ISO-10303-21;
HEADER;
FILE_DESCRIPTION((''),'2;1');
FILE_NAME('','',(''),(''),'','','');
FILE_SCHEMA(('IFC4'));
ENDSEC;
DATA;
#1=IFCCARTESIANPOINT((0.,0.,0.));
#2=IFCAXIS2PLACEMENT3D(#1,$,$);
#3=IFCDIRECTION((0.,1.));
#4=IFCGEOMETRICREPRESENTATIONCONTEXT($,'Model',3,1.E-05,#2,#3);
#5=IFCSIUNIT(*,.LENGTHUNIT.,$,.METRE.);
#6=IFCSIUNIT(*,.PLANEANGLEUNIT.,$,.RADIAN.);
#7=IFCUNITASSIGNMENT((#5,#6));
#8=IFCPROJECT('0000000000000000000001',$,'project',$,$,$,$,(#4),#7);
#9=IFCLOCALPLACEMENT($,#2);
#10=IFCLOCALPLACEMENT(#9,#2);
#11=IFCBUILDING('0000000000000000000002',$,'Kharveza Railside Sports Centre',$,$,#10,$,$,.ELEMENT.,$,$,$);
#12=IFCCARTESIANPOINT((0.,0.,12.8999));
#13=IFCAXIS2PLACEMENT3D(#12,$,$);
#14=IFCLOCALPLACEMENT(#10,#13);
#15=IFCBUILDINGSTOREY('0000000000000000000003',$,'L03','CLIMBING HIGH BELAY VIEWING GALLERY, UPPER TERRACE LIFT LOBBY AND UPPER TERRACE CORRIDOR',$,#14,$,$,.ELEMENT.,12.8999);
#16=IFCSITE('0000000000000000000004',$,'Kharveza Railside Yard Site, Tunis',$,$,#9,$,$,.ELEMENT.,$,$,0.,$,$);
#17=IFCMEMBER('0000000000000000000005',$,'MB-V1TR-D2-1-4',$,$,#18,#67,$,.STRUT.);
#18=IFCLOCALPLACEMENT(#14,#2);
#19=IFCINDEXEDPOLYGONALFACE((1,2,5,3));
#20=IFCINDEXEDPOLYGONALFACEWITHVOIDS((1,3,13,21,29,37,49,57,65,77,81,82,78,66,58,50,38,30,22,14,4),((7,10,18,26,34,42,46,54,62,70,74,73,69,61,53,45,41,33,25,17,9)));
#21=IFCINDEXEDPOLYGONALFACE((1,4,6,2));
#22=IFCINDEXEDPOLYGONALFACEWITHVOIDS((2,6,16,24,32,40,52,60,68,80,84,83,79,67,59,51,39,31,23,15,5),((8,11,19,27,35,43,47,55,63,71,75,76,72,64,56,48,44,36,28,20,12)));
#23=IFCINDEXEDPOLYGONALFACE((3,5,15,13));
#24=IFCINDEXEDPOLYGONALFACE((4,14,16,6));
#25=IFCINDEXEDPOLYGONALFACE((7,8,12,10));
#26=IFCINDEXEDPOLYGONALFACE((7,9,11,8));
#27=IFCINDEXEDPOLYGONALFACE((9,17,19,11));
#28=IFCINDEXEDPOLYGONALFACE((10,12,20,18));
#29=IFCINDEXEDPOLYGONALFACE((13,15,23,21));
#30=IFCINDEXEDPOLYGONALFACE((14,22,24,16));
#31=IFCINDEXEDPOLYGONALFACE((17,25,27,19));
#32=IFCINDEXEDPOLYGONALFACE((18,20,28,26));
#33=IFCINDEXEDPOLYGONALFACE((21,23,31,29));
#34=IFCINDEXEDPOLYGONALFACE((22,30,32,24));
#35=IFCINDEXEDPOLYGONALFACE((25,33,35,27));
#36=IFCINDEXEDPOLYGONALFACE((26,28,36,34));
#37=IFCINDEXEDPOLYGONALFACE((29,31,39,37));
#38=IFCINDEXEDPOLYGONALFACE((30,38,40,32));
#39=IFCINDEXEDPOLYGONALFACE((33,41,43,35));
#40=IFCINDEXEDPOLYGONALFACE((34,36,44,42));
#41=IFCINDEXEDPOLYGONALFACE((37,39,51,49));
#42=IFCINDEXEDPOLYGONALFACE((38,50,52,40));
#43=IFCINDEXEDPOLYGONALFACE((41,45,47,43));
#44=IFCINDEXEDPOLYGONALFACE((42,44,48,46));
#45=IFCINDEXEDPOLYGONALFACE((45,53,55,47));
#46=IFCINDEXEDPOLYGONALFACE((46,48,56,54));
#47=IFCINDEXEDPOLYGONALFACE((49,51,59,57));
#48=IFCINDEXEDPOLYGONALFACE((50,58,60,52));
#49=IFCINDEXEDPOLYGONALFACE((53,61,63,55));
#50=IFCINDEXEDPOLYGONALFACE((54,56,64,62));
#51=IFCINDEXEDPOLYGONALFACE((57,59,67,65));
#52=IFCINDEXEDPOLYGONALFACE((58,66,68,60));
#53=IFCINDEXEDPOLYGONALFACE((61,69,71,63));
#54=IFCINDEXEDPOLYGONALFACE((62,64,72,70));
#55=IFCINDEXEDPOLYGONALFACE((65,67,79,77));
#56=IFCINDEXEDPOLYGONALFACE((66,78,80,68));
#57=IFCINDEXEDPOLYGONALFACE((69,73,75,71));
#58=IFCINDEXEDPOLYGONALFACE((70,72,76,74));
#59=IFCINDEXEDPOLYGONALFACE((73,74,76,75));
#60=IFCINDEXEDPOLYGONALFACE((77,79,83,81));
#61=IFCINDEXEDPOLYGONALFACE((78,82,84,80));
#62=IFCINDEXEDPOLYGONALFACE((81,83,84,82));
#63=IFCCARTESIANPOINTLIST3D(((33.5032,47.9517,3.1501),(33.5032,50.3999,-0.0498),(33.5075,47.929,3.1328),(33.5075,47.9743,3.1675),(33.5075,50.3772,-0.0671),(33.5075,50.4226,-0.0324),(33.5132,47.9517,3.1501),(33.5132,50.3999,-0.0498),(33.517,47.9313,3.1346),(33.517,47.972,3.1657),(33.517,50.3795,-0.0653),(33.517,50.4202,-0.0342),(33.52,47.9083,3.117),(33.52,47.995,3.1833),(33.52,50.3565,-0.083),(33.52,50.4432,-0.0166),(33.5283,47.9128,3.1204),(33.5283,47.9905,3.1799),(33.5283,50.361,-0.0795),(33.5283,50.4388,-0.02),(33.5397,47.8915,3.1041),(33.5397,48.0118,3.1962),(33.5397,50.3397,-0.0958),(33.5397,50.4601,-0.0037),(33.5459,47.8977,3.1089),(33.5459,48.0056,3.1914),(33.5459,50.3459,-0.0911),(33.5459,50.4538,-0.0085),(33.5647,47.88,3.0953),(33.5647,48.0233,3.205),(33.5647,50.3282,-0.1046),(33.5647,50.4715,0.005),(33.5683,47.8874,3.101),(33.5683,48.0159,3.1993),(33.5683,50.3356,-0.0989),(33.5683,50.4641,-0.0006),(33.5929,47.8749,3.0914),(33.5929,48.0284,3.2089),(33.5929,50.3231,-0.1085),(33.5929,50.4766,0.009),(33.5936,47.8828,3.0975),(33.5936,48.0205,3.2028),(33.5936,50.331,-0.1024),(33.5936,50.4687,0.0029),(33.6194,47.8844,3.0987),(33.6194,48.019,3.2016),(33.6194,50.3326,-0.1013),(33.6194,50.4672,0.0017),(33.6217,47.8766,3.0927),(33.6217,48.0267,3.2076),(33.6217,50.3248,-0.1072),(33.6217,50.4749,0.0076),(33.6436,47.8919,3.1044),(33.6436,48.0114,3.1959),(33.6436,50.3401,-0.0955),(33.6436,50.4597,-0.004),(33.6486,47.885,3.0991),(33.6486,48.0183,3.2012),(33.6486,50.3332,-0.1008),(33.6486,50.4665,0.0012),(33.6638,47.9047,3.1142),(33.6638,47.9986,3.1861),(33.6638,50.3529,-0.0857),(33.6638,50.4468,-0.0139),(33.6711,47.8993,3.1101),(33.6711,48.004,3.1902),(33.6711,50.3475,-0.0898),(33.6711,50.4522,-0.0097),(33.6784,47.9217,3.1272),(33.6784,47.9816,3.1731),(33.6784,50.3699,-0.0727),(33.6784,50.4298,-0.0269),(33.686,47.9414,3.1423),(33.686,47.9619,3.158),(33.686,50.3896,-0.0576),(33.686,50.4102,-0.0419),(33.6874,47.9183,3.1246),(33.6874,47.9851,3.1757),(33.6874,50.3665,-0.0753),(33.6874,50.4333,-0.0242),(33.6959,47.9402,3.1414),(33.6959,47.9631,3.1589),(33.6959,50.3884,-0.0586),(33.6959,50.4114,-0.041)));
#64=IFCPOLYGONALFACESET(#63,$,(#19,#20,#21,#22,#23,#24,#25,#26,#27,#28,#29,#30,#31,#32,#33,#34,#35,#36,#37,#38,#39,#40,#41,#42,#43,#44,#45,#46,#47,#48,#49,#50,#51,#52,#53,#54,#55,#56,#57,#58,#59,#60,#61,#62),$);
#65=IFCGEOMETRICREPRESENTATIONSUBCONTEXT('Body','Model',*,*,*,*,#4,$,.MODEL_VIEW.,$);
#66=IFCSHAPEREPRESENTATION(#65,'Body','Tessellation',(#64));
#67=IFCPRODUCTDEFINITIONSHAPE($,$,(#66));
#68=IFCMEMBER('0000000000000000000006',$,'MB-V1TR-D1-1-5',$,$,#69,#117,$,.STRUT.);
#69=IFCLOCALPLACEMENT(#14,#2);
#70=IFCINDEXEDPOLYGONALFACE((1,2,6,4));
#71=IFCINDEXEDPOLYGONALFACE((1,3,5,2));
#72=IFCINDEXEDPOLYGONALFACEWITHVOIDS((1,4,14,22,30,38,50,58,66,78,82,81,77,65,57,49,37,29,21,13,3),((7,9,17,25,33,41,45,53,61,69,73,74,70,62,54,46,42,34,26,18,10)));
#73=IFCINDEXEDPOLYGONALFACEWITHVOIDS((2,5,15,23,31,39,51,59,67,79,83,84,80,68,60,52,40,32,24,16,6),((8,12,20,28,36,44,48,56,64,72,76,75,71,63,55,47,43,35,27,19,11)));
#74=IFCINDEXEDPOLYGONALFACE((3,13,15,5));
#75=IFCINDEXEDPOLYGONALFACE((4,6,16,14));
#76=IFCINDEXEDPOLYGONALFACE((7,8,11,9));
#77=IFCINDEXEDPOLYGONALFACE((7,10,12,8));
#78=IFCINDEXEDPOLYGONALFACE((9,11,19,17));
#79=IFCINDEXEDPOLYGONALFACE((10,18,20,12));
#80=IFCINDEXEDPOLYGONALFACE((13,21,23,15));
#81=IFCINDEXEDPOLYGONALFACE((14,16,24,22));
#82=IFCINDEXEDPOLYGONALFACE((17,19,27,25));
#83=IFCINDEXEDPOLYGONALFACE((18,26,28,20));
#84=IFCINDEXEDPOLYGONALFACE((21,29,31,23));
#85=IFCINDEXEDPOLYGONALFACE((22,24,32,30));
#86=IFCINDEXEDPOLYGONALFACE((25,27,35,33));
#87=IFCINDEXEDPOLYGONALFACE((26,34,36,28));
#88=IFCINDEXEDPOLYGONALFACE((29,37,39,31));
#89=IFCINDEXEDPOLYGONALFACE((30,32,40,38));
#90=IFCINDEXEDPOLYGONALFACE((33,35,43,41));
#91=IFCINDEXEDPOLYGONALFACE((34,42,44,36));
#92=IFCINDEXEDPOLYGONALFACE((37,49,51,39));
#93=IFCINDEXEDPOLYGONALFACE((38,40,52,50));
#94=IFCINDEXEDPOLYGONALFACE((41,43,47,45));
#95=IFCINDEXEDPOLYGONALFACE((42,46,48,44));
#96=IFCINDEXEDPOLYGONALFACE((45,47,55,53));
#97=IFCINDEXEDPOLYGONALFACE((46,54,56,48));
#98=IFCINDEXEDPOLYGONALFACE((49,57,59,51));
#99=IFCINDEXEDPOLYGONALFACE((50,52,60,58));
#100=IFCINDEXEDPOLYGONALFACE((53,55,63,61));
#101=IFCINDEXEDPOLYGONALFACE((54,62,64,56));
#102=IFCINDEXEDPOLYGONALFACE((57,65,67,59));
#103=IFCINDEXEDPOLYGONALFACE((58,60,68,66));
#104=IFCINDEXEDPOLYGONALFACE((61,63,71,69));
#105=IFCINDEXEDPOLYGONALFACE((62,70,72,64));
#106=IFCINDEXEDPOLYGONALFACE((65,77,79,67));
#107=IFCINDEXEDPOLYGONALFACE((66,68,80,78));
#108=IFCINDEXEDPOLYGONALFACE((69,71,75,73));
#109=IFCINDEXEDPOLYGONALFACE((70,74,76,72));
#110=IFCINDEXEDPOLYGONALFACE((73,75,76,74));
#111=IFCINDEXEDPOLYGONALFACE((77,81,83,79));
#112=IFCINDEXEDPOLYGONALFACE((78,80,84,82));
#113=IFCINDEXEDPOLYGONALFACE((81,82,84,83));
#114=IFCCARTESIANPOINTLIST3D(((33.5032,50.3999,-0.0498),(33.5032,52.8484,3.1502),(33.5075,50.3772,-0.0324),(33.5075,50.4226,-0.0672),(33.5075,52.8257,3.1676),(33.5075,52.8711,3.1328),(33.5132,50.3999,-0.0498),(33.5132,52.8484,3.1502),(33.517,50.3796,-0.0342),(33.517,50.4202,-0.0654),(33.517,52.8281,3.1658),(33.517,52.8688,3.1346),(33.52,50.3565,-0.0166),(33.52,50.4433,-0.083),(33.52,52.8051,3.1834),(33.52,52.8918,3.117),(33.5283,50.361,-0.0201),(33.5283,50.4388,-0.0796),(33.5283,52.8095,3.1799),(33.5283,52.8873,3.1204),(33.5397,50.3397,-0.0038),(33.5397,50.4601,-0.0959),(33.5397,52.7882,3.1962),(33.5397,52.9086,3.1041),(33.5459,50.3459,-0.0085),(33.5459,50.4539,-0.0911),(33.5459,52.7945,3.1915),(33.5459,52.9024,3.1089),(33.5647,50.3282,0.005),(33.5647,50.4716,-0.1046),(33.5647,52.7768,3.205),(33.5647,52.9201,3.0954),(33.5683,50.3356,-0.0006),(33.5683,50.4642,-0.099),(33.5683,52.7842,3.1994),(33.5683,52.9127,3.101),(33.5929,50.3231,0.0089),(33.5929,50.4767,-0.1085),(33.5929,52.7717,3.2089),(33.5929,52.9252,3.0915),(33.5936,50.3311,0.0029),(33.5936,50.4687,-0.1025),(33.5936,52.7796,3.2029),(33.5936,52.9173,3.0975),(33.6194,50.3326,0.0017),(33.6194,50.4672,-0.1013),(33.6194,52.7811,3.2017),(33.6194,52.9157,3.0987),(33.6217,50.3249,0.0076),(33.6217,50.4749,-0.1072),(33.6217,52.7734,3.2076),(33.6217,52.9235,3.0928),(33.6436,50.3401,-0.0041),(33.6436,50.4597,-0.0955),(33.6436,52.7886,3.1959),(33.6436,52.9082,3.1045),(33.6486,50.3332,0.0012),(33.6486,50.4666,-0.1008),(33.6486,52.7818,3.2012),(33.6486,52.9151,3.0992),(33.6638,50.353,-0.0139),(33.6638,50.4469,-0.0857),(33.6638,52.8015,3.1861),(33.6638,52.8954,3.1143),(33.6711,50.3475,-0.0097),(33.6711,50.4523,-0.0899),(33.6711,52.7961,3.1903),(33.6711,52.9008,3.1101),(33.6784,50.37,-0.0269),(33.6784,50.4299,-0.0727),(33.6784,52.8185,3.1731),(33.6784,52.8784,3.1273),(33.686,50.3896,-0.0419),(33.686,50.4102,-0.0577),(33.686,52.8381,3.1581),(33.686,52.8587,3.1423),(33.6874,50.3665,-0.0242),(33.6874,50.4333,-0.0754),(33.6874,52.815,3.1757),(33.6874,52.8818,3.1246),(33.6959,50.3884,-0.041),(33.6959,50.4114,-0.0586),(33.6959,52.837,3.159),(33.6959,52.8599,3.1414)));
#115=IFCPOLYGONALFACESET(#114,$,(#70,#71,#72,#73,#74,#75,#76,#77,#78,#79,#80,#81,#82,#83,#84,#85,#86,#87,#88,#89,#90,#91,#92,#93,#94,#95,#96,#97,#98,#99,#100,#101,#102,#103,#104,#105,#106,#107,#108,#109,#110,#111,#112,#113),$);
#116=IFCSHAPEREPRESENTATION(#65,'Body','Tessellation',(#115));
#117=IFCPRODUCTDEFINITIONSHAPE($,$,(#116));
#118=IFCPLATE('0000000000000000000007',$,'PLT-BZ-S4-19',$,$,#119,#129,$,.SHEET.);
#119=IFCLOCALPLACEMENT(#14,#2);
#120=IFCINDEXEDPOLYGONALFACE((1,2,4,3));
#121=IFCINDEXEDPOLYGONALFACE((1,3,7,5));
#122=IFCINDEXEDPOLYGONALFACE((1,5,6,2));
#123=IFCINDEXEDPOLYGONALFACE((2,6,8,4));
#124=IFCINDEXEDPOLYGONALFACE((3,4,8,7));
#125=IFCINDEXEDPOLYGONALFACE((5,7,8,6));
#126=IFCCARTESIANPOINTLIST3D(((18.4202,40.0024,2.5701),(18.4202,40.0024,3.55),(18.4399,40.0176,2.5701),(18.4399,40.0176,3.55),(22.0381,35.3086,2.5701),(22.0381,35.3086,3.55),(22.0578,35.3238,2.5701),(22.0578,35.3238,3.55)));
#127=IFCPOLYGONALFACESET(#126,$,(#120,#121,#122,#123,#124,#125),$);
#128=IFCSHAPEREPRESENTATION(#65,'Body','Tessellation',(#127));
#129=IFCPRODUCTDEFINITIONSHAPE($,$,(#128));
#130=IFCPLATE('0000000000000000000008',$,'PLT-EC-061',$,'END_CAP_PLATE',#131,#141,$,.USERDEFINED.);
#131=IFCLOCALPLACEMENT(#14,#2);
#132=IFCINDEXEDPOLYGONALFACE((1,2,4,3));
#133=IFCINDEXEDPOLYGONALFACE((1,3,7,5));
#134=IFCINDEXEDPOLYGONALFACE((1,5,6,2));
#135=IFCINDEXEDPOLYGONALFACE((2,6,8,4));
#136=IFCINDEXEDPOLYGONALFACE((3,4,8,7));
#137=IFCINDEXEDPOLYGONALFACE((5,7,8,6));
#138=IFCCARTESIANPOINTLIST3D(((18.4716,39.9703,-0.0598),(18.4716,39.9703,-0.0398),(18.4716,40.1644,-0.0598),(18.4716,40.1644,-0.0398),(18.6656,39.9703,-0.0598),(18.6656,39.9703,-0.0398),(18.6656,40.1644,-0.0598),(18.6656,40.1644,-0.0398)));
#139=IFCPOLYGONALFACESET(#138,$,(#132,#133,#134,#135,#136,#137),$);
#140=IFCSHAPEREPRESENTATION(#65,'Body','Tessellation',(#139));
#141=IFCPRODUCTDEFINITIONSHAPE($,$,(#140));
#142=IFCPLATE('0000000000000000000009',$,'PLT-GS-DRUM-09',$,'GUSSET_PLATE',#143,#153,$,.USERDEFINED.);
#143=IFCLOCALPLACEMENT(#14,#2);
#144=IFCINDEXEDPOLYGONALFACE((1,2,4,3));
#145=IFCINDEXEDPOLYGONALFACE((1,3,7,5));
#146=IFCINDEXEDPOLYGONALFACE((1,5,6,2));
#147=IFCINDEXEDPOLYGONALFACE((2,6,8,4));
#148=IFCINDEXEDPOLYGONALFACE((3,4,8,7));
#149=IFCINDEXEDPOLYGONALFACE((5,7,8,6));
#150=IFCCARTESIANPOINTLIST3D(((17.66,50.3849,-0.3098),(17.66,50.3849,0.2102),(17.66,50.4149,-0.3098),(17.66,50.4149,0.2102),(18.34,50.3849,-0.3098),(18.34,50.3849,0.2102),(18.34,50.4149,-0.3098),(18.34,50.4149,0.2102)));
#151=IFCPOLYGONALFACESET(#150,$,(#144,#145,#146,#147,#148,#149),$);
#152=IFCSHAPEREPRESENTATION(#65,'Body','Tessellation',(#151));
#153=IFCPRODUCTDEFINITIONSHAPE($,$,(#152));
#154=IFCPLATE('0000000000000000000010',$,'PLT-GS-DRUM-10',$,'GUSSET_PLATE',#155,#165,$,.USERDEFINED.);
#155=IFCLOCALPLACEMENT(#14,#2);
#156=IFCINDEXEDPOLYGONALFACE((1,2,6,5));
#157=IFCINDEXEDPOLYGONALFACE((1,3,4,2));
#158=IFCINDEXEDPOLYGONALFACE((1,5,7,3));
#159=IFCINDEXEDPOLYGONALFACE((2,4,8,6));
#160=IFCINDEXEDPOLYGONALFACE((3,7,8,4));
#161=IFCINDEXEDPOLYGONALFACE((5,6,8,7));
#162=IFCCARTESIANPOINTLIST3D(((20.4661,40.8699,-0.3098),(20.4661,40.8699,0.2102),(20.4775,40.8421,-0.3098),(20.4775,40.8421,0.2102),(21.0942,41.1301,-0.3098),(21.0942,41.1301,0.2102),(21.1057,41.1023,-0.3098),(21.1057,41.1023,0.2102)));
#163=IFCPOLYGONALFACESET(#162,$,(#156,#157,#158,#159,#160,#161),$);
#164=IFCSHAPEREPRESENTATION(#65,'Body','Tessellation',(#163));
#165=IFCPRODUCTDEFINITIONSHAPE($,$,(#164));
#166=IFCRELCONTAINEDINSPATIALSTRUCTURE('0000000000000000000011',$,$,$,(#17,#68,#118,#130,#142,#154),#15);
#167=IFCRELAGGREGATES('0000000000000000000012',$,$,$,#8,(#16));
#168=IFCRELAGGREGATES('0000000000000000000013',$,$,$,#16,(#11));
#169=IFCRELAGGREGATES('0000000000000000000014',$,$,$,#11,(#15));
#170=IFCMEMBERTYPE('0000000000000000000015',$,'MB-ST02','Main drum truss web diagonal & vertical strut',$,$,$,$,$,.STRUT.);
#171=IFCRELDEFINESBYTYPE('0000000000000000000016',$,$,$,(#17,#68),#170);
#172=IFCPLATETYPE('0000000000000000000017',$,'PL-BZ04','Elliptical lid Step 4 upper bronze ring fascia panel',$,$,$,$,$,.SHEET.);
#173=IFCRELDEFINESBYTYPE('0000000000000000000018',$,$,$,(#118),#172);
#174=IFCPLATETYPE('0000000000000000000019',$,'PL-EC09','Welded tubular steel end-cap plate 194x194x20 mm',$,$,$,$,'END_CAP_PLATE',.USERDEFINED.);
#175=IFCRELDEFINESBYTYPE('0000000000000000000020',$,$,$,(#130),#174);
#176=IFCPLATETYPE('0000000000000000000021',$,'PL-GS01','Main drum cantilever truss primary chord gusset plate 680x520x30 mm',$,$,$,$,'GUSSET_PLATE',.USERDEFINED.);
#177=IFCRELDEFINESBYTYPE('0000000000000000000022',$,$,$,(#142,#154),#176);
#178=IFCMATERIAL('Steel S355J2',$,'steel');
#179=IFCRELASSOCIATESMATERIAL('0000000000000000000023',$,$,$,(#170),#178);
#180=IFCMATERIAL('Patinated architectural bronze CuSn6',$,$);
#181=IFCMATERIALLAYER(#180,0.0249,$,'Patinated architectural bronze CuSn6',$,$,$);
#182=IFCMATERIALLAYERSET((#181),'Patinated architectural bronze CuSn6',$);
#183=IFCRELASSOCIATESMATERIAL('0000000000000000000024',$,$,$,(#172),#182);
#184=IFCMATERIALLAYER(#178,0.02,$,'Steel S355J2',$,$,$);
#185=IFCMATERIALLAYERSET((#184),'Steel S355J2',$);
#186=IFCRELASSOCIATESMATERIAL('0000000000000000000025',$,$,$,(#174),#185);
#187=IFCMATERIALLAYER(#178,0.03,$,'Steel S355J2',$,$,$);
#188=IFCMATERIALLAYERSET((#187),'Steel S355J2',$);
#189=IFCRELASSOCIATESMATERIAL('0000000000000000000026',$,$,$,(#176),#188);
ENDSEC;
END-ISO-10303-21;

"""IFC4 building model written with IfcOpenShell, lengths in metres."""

from ifc_helpers import new_model, si_unit, direction, frame, origin, origin_2d, place, context, subcontext, project, spatial, rectangle, hollow_circle, extrude, material, layer, layer_set, material_profile, profile_set, type_object, element, save


model = new_model("IFC4")

# Units and contexts
model_context = context("Model", 3, precision=1e-05, world=origin(), true_north=direction((0.0, 1.0)))
body_context = subcontext(model_context, "Body", "Model", "MODEL_VIEW")
ifc_project = project(units=[si_unit("LENGTHUNIT", "METRE"), si_unit("PLANEANGLEUNIT", "RADIAN")], contexts=[model_context])

# Site, building, storey
site_placement = place(None, origin())
site = spatial("IfcSite", under=ifc_project, at=site_placement, Name="Kharveza Railside Yard Site, Tunis", CompositionType="ELEMENT", RefElevation=0.0)
building_placement = place(site_placement, origin())
building = spatial("IfcBuilding", under=site, at=building_placement, Name="Kharveza Railside Sports Centre", CompositionType="ELEMENT")
storey_placement = place(building_placement, frame((0.0, 0.0, 12.8999)))
storey = spatial("IfcBuildingStorey", under=building, at=storey_placement, Name="L03", Description="CLIMBING HIGH BELAY VIEWING GALLERY, UPPER TERRACE LIFT LOBBY AND UPPER TERRACE CORRIDOR", CompositionType="ELEMENT", Elevation=12.8999)

# Shared definitions
ifc_material_1 = material(Name="Steel S355J2", Category="steel")

# Members
ifc_material_profile_1 = material_profile(ifc_material_1, hollow_circle(Radius=0.0969, WallThickness=0.01, at=origin_2d()), Name="CHS 193.7x10.0")
ifc_profile_set_1 = profile_set([ifc_material_profile_1], Name="Steel S355J2")
member_type_1 = type_object("IfcMemberType", Name="MB-ST02", Description="Main drum truss web diagonal & vertical strut", PredefinedType="STRUT", material=ifc_profile_set_1)
for number, where, z_axis, x_axis, name in (
    (1, (33.6001, 47.9517, 3.1501), (0.0, 0.607641, -0.794212), (-1.0, 0.0, 0.0), "MB-V1TR-D2-1-4"),
):
    element("IfcMember", number, at=place(storey_placement, frame(where, z_axis=z_axis, x_axis=x_axis)), inside=storey, type_object=member_type_1, Name=name, PredefinedType="STRUT", context=body_context, shape_type="SweptSolid", body=[
        extrude(hollow_circle(Radius=0.0969, WallThickness=0.01, at=origin_2d()), origin(), (0.0, 0.0, 1.0), 4.0291),
    ])
member_1_placement = place(storey_placement, frame((33.6001, 50.3999, -0.0498), z_axis=(0.0, 0.607679, 0.794182), x_axis=(-1.0, 0.0, 0.0)))
element("IfcMember", 2, at=member_1_placement, inside=storey, type_object=member_type_1, Name="MB-V1TR-D1-1-5", PredefinedType="STRUT", context=body_context, shape_type="SweptSolid", body=[
    extrude(hollow_circle(Radius=0.0969, WallThickness=0.01, at=origin_2d()), origin(), (0.0, 0.0, 1.0), 4.0293),
])

# Plates
ifc_material_2 = material(Name="Patinated architectural bronze CuSn6")
ifc_layer_1 = layer(ifc_material_2, 0.0249, Name="Patinated architectural bronze CuSn6")
ifc_layer_set_1 = layer_set([ifc_layer_1], Name="Patinated architectural bronze CuSn6")
plate_type_1 = type_object("IfcPlateType", Name="PL-BZ04", Description="Elliptical lid Step 4 upper bronze ring fascia panel", PredefinedType="SHEET", material=ifc_layer_set_1)
plate_1_placement = place(storey_placement, frame((20.239, 37.6631, 2.5701), z_axis=(0.0, 0.0, 1.0), x_axis=(0.610477, -0.792034, 0.0)))
element("IfcPlate", 3, at=plate_1_placement, inside=storey, type_object=plate_type_1, Name="PLT-BZ-S4-19", PredefinedType="SHEET", context=body_context, shape_type="SweptSolid", body=[
    extrude(rectangle(XDim=5.9263, YDim=0.0249, at=origin_2d()), origin(), (0.0, 0.0, 1.0), 0.98),
])
ifc_layer_2 = layer(ifc_material_1, 0.02, Name="Steel S355J2")
ifc_layer_set_2 = layer_set([ifc_layer_2], Name="Steel S355J2")
plate_type_2 = type_object("IfcPlateType", Name="PL-EC09", Description="Welded tubular steel end-cap plate 194x194x20 mm", ElementType="END_CAP_PLATE", PredefinedType="USERDEFINED", material=ifc_layer_set_2)
plate_2_placement = place(storey_placement, frame((18.5686, 40.0674, -0.0598), z_axis=(0.0, 0.0, 1.0), x_axis=(1.0, 0.0, 0.0)))
element("IfcPlate", 4, at=plate_2_placement, inside=storey, type_object=plate_type_2, Name="PLT-EC-061", ObjectType="END_CAP_PLATE", PredefinedType="USERDEFINED", context=body_context, shape_type="SweptSolid", body=[
    extrude(rectangle(XDim=0.1941, YDim=0.1941, at=origin_2d()), origin(), (0.0, 0.0, 1.0), 0.02),
])
ifc_layer_3 = layer(ifc_material_1, 0.03, Name="Steel S355J2")
ifc_layer_set_3 = layer_set([ifc_layer_3], Name="Steel S355J2")
plate_type_3 = type_object("IfcPlateType", Name="PL-GS01", Description="Main drum cantilever truss primary chord gusset plate 680x520x30 mm", ElementType="GUSSET_PLATE", PredefinedType="USERDEFINED", material=ifc_layer_set_3)
for number, where, z_axis, x_axis, name in (
    (5, (18.0, 50.3999, -0.3098), (0.0, 0.0, 1.0), (-1.0, 0.0, 0.0), "PLT-GS-DRUM-09"),
    (6, (20.7859, 40.9861, -0.3098), (0.0, 0.0, 1.0), (-0.92388, -0.382683, 0.0), "PLT-GS-DRUM-10"),
):
    element("IfcPlate", number, at=place(storey_placement, frame(where, z_axis=z_axis, x_axis=x_axis)), inside=storey, type_object=plate_type_3, Name=name, ObjectType="GUSSET_PLATE", PredefinedType="USERDEFINED", context=body_context, shape_type="SweptSolid", body=[
        extrude(rectangle(XDim=0.6799, YDim=0.03, at=origin_2d()), origin(), (0.0, 0.0, 1.0), 0.52),
    ])

save(model, "model.ifc")
